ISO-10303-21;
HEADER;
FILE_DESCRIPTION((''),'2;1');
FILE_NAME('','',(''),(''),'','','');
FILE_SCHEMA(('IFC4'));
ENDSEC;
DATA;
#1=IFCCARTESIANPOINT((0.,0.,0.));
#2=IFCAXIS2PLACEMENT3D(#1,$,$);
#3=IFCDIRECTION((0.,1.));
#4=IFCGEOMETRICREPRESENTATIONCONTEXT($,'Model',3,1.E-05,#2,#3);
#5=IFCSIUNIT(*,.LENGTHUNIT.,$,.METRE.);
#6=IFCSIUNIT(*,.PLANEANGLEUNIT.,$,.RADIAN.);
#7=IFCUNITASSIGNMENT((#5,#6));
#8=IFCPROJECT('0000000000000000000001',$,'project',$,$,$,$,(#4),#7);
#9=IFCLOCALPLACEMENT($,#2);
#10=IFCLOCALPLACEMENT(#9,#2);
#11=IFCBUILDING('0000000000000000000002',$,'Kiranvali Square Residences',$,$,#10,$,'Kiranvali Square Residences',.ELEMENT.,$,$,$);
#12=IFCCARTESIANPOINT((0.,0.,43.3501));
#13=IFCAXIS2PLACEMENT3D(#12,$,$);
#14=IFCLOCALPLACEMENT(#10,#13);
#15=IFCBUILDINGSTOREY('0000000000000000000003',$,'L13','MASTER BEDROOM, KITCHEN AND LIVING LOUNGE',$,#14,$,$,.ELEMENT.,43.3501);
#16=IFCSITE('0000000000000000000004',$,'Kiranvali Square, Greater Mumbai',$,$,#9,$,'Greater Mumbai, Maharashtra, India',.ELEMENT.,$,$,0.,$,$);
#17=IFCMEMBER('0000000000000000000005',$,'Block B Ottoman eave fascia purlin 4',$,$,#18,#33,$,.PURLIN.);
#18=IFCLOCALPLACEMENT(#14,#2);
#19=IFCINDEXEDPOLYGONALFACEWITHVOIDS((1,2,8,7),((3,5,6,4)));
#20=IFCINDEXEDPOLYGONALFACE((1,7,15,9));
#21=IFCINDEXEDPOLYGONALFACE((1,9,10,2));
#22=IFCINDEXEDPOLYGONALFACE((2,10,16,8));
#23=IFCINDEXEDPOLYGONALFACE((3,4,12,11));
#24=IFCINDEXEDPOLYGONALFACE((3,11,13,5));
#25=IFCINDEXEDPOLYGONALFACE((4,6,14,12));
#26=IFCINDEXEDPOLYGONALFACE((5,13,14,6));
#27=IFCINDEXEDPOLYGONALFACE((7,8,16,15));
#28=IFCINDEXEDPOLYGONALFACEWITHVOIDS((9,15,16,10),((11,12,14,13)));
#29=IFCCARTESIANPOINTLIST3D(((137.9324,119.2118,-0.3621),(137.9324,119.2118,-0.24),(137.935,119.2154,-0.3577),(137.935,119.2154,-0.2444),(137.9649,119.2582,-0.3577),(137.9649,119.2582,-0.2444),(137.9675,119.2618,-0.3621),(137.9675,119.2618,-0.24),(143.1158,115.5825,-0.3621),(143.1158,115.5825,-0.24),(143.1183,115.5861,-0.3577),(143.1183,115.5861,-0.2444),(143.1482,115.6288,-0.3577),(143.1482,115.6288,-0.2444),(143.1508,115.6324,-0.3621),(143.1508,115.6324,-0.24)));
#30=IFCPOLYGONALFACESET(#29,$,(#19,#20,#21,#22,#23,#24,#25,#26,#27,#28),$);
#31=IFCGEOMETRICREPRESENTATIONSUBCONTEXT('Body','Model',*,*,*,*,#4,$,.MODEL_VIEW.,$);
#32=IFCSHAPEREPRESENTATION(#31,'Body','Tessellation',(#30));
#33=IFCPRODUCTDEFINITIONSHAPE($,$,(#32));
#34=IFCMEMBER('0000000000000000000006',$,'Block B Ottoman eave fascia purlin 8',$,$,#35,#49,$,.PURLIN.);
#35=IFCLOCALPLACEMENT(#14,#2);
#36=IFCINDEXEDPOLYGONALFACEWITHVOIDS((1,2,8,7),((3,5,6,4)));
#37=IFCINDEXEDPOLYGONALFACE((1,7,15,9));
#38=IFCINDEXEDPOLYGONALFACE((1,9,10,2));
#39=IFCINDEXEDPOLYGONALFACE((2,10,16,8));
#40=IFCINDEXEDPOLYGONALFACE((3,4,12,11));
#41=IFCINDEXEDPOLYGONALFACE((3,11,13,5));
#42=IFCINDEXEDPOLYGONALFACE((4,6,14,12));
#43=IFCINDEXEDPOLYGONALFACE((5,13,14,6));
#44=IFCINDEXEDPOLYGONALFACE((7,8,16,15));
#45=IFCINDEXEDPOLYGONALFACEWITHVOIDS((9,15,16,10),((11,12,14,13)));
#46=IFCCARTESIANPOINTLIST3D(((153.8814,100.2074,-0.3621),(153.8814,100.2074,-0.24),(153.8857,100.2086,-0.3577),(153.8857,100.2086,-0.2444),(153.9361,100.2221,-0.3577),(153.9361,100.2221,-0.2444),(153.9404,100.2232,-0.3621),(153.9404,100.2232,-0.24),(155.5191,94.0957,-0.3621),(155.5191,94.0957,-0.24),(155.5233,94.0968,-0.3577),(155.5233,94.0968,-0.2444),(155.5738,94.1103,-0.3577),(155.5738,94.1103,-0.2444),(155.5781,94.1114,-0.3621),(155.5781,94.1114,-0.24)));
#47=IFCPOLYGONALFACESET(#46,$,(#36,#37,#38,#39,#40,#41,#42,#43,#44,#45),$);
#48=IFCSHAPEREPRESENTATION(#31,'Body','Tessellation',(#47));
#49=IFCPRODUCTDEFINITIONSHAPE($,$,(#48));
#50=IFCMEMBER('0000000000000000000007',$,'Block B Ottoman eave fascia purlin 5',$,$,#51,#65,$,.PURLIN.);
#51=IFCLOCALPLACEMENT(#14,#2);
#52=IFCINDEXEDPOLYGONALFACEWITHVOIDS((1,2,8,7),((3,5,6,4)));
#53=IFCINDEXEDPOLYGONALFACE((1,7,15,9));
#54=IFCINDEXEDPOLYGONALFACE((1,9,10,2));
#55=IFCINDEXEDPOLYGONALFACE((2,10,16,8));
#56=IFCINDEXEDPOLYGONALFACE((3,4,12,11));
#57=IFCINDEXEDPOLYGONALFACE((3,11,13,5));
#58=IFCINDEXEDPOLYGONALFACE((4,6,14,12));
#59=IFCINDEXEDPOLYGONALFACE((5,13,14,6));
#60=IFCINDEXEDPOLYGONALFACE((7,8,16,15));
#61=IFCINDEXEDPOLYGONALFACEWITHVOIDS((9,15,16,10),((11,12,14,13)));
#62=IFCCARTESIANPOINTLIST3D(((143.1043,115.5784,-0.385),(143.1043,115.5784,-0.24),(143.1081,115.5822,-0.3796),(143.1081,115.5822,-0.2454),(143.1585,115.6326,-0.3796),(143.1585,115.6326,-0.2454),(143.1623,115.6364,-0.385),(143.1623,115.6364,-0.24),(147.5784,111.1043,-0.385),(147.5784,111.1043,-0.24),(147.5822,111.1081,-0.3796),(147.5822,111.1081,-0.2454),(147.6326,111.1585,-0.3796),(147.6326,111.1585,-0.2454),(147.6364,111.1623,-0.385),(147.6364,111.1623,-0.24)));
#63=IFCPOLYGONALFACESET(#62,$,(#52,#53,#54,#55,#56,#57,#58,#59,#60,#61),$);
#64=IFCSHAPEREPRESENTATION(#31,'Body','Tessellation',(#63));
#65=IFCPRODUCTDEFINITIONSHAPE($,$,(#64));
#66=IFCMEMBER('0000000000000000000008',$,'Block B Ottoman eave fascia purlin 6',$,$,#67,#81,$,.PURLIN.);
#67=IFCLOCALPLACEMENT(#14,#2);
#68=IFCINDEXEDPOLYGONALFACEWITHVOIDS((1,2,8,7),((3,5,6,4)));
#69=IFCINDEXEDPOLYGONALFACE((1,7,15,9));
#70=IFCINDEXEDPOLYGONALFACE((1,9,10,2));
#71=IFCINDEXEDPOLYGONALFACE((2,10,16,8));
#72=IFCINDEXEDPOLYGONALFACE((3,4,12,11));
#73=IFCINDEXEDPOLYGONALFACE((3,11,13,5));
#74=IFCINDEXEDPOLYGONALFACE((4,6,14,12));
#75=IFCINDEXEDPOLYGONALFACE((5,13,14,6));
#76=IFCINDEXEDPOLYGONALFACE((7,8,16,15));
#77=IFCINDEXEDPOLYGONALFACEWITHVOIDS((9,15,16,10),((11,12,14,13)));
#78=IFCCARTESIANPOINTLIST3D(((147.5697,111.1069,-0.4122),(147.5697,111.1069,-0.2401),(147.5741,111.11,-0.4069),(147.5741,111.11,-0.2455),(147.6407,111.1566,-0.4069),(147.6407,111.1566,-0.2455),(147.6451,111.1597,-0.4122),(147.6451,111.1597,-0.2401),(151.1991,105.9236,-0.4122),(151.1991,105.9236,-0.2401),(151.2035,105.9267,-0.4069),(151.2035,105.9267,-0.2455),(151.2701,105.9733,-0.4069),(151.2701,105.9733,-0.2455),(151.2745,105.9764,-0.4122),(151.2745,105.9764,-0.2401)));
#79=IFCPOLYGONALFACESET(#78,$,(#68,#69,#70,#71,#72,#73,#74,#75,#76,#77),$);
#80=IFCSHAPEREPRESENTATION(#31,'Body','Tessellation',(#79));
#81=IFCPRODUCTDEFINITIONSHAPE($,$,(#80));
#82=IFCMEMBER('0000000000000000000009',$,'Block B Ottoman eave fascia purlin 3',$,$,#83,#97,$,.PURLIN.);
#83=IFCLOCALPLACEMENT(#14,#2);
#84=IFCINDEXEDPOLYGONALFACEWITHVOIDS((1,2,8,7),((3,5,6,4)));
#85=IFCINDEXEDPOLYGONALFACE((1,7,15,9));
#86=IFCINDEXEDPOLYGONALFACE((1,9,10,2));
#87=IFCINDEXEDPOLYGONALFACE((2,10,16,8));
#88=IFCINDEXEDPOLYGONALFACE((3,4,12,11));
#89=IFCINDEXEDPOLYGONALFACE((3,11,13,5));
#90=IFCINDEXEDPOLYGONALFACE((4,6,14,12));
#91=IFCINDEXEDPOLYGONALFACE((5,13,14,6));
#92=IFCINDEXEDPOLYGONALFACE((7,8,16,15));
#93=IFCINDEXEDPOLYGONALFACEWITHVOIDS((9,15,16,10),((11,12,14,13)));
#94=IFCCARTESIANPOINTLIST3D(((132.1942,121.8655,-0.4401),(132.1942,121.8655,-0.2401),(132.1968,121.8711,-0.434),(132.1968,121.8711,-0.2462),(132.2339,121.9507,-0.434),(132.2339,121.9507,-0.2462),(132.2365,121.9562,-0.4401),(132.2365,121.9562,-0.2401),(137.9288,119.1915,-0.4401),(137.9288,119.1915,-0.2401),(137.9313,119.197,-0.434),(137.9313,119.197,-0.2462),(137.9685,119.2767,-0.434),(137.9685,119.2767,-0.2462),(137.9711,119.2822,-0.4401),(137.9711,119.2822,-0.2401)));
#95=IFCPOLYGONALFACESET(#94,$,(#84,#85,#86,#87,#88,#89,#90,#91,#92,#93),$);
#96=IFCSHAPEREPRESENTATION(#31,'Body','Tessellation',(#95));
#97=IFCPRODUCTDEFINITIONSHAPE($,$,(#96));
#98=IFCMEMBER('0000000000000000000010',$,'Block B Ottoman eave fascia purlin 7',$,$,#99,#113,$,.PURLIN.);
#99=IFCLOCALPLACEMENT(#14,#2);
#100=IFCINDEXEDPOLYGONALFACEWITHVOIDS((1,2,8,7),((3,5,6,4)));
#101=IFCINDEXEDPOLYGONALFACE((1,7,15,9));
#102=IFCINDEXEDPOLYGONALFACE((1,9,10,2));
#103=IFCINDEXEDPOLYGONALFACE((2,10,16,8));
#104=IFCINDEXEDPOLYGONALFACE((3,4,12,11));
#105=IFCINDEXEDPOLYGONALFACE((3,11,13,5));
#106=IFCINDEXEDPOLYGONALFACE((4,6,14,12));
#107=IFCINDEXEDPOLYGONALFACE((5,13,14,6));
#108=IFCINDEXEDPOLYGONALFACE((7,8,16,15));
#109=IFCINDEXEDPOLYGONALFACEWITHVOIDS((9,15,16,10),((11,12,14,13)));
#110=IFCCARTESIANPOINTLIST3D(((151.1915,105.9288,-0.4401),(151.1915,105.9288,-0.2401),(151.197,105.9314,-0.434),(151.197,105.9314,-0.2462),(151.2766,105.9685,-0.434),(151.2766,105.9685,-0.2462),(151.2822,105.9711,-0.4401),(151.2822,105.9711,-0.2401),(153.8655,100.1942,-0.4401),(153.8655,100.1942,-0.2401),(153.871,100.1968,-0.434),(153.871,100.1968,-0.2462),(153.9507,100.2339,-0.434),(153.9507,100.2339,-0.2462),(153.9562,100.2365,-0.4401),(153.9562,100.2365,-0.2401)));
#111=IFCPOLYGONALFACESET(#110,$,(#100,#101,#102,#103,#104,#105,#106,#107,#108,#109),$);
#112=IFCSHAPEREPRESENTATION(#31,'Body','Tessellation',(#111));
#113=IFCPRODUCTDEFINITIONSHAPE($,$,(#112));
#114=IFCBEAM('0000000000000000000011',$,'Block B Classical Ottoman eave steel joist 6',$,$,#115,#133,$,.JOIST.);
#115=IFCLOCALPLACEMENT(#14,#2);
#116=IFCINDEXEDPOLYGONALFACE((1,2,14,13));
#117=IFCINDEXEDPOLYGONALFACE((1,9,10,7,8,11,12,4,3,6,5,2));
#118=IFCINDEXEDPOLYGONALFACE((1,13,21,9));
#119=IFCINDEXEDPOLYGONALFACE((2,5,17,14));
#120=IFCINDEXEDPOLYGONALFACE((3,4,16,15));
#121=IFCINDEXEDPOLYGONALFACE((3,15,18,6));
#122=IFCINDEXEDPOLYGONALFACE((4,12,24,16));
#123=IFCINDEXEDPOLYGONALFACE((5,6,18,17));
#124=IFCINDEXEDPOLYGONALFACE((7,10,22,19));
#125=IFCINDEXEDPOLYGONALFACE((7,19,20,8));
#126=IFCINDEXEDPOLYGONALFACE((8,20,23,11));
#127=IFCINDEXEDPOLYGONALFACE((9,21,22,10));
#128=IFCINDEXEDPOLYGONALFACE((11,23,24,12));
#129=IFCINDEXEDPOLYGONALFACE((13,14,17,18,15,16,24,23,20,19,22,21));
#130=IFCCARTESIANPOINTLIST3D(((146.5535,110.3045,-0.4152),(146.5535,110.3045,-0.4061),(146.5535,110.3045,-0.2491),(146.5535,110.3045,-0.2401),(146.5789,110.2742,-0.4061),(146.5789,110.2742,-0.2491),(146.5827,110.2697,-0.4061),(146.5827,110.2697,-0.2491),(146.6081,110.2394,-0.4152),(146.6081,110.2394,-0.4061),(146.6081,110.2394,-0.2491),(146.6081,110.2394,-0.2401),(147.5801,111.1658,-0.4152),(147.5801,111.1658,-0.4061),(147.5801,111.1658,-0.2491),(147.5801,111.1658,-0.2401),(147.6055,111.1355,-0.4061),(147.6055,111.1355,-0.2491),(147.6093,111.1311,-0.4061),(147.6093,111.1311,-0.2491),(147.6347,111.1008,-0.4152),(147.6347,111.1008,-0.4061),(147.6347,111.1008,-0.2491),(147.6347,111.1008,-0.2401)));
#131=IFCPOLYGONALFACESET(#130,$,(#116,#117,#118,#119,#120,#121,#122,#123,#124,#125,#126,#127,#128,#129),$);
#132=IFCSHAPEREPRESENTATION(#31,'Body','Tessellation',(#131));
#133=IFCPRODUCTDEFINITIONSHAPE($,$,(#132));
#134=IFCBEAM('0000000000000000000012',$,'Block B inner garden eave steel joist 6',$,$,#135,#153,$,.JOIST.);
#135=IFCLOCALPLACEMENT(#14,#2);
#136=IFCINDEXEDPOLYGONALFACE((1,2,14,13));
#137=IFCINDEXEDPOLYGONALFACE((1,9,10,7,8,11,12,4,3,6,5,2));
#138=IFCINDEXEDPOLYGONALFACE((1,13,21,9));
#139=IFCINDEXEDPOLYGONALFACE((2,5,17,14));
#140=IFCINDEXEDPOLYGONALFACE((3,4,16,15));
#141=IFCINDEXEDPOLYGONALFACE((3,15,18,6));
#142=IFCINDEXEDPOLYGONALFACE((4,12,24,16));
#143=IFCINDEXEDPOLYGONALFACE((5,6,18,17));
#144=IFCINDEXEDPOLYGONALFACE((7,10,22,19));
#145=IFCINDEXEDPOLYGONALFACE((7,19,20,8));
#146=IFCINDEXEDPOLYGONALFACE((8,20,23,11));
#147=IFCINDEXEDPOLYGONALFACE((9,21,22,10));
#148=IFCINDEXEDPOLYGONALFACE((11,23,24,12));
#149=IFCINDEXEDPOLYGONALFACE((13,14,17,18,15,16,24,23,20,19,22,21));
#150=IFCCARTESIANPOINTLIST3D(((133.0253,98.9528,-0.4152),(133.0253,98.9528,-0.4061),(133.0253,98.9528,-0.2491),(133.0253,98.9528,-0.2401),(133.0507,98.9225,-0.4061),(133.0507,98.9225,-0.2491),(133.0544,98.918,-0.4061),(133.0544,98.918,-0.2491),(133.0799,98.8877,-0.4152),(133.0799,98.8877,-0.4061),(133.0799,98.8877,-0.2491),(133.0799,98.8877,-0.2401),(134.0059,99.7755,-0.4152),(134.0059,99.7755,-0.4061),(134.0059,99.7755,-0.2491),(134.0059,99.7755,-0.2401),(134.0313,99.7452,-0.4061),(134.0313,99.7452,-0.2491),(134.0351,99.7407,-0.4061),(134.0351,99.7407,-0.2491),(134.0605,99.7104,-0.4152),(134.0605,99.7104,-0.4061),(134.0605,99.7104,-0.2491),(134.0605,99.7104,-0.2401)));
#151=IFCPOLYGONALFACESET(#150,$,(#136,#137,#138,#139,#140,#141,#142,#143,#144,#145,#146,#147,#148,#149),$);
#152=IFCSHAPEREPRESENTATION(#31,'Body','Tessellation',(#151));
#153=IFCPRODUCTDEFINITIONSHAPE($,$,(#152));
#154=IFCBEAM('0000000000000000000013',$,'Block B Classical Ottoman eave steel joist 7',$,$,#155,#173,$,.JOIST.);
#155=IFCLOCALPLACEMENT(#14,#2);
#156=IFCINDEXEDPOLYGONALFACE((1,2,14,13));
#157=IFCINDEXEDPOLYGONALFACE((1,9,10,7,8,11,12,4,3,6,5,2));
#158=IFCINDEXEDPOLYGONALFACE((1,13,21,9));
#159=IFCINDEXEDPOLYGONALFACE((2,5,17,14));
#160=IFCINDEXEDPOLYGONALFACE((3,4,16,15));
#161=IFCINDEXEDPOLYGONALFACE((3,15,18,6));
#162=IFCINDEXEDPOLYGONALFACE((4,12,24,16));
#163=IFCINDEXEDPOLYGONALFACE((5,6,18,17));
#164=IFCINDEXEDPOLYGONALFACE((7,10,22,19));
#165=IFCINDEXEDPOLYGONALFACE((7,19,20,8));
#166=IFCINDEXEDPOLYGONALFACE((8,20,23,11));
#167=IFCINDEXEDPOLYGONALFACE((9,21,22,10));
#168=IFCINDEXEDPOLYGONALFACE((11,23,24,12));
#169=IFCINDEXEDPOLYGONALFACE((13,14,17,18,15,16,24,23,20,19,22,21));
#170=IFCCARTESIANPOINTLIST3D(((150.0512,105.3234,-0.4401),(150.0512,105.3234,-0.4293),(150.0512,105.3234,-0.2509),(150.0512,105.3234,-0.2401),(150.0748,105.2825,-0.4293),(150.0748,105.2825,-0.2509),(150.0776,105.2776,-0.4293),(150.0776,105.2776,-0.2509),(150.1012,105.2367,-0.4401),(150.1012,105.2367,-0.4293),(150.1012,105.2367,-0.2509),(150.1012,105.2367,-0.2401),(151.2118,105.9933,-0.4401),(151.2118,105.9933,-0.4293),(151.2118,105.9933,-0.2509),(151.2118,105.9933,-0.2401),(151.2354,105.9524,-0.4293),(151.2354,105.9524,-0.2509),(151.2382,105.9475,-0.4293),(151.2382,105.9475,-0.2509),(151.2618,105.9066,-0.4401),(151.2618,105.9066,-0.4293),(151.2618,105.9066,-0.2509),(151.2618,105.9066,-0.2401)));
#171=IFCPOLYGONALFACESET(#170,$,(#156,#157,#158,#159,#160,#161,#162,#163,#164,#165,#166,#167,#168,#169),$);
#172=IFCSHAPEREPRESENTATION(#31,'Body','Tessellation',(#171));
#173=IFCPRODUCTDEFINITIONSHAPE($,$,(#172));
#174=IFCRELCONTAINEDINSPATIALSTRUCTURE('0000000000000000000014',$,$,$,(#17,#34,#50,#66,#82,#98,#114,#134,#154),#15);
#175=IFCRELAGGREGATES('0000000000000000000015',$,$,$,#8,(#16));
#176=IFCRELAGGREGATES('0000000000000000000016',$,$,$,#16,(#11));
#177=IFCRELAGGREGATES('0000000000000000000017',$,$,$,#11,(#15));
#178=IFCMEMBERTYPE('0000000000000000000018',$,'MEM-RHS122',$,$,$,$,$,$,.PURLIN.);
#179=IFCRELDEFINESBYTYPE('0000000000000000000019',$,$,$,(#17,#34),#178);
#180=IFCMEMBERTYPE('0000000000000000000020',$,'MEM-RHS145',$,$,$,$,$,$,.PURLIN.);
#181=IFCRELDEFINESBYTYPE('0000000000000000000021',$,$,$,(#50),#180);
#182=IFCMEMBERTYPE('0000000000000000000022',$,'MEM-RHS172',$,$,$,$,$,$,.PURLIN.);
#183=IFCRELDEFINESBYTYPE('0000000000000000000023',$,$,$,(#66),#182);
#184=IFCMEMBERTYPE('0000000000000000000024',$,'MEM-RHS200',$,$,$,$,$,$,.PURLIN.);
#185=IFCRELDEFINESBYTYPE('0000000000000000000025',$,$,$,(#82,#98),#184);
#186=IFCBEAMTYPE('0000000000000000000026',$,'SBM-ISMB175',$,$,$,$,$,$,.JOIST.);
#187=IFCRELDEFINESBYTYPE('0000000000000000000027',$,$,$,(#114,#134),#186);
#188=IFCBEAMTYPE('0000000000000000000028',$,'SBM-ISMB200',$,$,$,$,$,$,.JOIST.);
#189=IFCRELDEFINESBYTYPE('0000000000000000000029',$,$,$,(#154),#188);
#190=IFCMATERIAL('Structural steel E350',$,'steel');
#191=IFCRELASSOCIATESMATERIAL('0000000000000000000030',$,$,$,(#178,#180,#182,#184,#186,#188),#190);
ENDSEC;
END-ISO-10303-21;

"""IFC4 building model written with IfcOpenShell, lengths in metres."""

from ifc_helpers import new_model, si_unit, direction, frame, origin, origin_2d, place, context, subcontext, project, spatial, hollow_rectangle, i_section, extrude, material, material_profile, profile_set, type_object, element, save


model = new_model("IFC4")

# Units and contexts
model_context = context("Model", 3, precision=1e-05, world=origin(), true_north=direction((0.0, 1.0)))
body_context = subcontext(model_context, "Body", "Model", "MODEL_VIEW")
ifc_project = project(units=[si_unit("LENGTHUNIT", "METRE"), si_unit("PLANEANGLEUNIT", "RADIAN")], contexts=[model_context])

# Site, building, storey
site_placement = place(None, origin())
site = spatial("IfcSite", under=ifc_project, at=site_placement, Name="Kiranvali Square, Greater Mumbai", LongName="Greater Mumbai, Maharashtra, India", CompositionType="ELEMENT", RefElevation=0.0)
building_placement = place(site_placement, origin())
building = spatial("IfcBuilding", under=site, at=building_placement, Name="Kiranvali Square Residences", LongName="Kiranvali Square Residences", CompositionType="ELEMENT")
storey_placement = place(building_placement, frame((0.0, 0.0, 43.3501)))
storey = spatial("IfcBuildingStorey", under=building, at=storey_placement, Name="L13", Description="MASTER BEDROOM, KITCHEN AND LIVING LOUNGE", CompositionType="ELEMENT", Elevation=43.3501)

# Members
ifc_material_1 = material(Name="Structural steel E350", Category="steel")
ifc_material_profile_1 = material_profile(ifc_material_1, hollow_rectangle(XDim=0.061, YDim=0.1221, WallThickness=0.0044, at=origin_2d()), Name="RHS 122x61x4.5")
ifc_profile_set_1 = profile_set([ifc_material_profile_1], Name="Structural steel E350")
member_type_1 = type_object("IfcMemberType", Name="MEM-RHS122", PredefinedType="PURLIN", material=ifc_profile_set_1)
member_1_placement = place(storey_placement, frame((137.95, 119.2368, -0.301), z_axis=(0.819154, -0.573574, 0.0), x_axis=(0.573574, 0.819154, 0.0)))
element("IfcMember", 1, at=member_1_placement, inside=storey, type_object=member_type_1, Name="Block B Ottoman eave fascia purlin 4", PredefinedType="PURLIN", context=body_context, shape_type="SweptSolid", body=[
    extrude(hollow_rectangle(XDim=0.061, YDim=0.1221, WallThickness=0.0044, at=origin_2d()), origin(), (0.0, 0.0, 1.0), 6.3276),
])
member_2_placement = place(storey_placement, frame((153.9109, 100.2153, -0.301), z_axis=(0.258825, -0.965924, 0.0), x_axis=(0.965924, 0.258825, 0.0)))
element("IfcMember", 2, at=member_2_placement, inside=storey, type_object=member_type_1, Name="Block B Ottoman eave fascia purlin 8", PredefinedType="PURLIN", context=body_context, shape_type="SweptSolid", body=[
    extrude(hollow_rectangle(XDim=0.061, YDim=0.1221, WallThickness=0.0044, at=origin_2d()), origin(), (0.0, 0.0, 1.0), 6.3274),
])
ifc_material_profile_2 = material_profile(ifc_material_1, hollow_rectangle(XDim=0.082, YDim=0.145, WallThickness=0.0054, at=origin_2d()), Name="RHS 145x82x5.4")
ifc_profile_set_2 = profile_set([ifc_material_profile_2], Name="Structural steel E350")
member_type_2 = type_object("IfcMemberType", Name="MEM-RHS145", PredefinedType="PURLIN", material=ifc_profile_set_2)
member_3_placement = place(storey_placement, frame((143.1333, 115.6074, -0.3125), z_axis=(0.707107, -0.707107, 0.0), x_axis=(0.707107, 0.707107, 0.0)))
element("IfcMember", 3, at=member_3_placement, inside=storey, type_object=member_type_2, Name="Block B Ottoman eave fascia purlin 5", PredefinedType="PURLIN", context=body_context, shape_type="SweptSolid", body=[
    extrude(hollow_rectangle(XDim=0.082, YDim=0.145, WallThickness=0.0054, at=origin_2d()), origin(), (0.0, 0.0, 1.0), 6.3274),
])
ifc_material_profile_3 = material_profile(ifc_material_1, hollow_rectangle(XDim=0.092, YDim=0.1721, WallThickness=0.0054, at=origin_2d()), Name="RHS 172x92x5.4")
ifc_profile_set_3 = profile_set([ifc_material_profile_3], Name="Structural steel E350")
member_type_3 = type_object("IfcMemberType", Name="MEM-RHS172", PredefinedType="PURLIN", material=ifc_profile_set_3)
member_4_placement = place(storey_placement, frame((147.6074, 111.1333, -0.3262), z_axis=(0.573574, -0.819154, 0.0), x_axis=(0.819154, 0.573574, 0.0)))
element("IfcMember", 4, at=member_4_placement, inside=storey, type_object=member_type_3, Name="Block B Ottoman eave fascia purlin 6", PredefinedType="PURLIN", context=body_context, shape_type="SweptSolid", body=[
    extrude(hollow_rectangle(XDim=0.092, YDim=0.1721, WallThickness=0.0054, at=origin_2d()), origin(), (0.0, 0.0, 1.0), 6.3276),
])
ifc_material_profile_4 = material_profile(ifc_material_1, hollow_rectangle(XDim=0.1001, YDim=0.2, WallThickness=0.0061, at=origin_2d()), Name="RHS 200x100x6.0")
ifc_profile_set_4 = profile_set([ifc_material_profile_4], Name="Structural steel E350")
member_type_4 = type_object("IfcMemberType", Name="MEM-RHS200", PredefinedType="PURLIN", material=ifc_profile_set_4)
for number, where, z_axis, x_axis, name in (
    (5, (132.2153, 121.9109, -0.3401), (0.906309, -0.422615, 0.0), (0.422615, 0.906309, 0.0), "Block B Ottoman eave fascia purlin 3"),
    (6, (151.2368, 105.95, -0.3401), (0.422615, -0.906309, 0.0), (0.906309, 0.422615, 0.0), "Block B Ottoman eave fascia purlin 7"),
):
    element("IfcMember", number, at=place(storey_placement, frame(where, z_axis=z_axis, x_axis=x_axis)), inside=storey, type_object=member_type_4, Name=name, PredefinedType="PURLIN", context=body_context, shape_type="SweptSolid", body=[
        extrude(hollow_rectangle(XDim=0.1001, YDim=0.2, WallThickness=0.0061, at=origin_2d()), origin(), (0.0, 0.0, 1.0), 6.3274),
    ])

# Beams
ifc_material_profile_5 = material_profile(ifc_material_1, i_section(OverallWidth=0.085, OverallDepth=0.175, WebThickness=0.0059, FlangeThickness=0.009, at=origin_2d()), Name="ISMB 175")
ifc_profile_set_5 = profile_set([ifc_material_profile_5], Name="Structural steel E350")
beam_type_1 = type_object("IfcBeamType", Name="SBM-ISMB175", PredefinedType="JOIST", material=ifc_profile_set_5)
beam_1_placement = place(storey_placement, frame((146.5808, 110.272, -0.3276), z_axis=(0.766082, 0.642743, 0.0), x_axis=(-0.642743, 0.766082, 0.0)))
element("IfcBeam", 7, at=beam_1_placement, inside=storey, type_object=beam_type_1, Name="Block B Classical Ottoman eave steel joist 6", PredefinedType="JOIST", context=body_context, shape_type="SweptSolid", body=[
    extrude(i_section(OverallWidth=0.085, OverallDepth=0.175, WebThickness=0.0059, FlangeThickness=0.009, at=origin_2d()), origin(), (0.0, 0.0, 1.0), 1.3401),
])
beam_2_placement = place(storey_placement, frame((134.0332, 99.7429, -0.3276), z_axis=(-0.766107, -0.642713, 0.0), x_axis=(0.642713, -0.766107, 0.0)))
element("IfcBeam", 8, at=beam_2_placement, inside=storey, type_object=beam_type_1, Name="Block B inner garden eave steel joist 6", PredefinedType="JOIST", context=body_context, shape_type="SweptSolid", body=[
    extrude(i_section(OverallWidth=0.085, OverallDepth=0.175, WebThickness=0.0059, FlangeThickness=0.009, at=origin_2d()), origin(), (0.0, 0.0, 1.0), 1.28),
])
ifc_material_profile_6 = material_profile(ifc_material_1, i_section(OverallWidth=0.1001, OverallDepth=0.2, WebThickness=0.0056, FlangeThickness=0.0107, at=origin_2d()), Name="ISMB 200")
ifc_profile_set_6 = profile_set([ifc_material_profile_6], Name="Structural steel E350")
beam_type_2 = type_object("IfcBeamType", Name="SBM-ISMB200", PredefinedType="JOIST", material=ifc_profile_set_6)
beam_3_placement = place(storey_placement, frame((150.0762, 105.28, -0.3401), z_axis=(0.866082, 0.499901, 0.0), x_axis=(-0.499901, 0.866082, 0.0)))
element("IfcBeam", 9, at=beam_3_placement, inside=storey, type_object=beam_type_2, Name="Block B Classical Ottoman eave steel joist 7", PredefinedType="JOIST", context=body_context, shape_type="SweptSolid", body=[
    extrude(i_section(OverallWidth=0.1001, OverallDepth=0.2, WebThickness=0.0056, FlangeThickness=0.0107, at=origin_2d()), origin(), (0.0, 0.0, 1.0), 1.3401),
])

save(model, "model.ifc")
